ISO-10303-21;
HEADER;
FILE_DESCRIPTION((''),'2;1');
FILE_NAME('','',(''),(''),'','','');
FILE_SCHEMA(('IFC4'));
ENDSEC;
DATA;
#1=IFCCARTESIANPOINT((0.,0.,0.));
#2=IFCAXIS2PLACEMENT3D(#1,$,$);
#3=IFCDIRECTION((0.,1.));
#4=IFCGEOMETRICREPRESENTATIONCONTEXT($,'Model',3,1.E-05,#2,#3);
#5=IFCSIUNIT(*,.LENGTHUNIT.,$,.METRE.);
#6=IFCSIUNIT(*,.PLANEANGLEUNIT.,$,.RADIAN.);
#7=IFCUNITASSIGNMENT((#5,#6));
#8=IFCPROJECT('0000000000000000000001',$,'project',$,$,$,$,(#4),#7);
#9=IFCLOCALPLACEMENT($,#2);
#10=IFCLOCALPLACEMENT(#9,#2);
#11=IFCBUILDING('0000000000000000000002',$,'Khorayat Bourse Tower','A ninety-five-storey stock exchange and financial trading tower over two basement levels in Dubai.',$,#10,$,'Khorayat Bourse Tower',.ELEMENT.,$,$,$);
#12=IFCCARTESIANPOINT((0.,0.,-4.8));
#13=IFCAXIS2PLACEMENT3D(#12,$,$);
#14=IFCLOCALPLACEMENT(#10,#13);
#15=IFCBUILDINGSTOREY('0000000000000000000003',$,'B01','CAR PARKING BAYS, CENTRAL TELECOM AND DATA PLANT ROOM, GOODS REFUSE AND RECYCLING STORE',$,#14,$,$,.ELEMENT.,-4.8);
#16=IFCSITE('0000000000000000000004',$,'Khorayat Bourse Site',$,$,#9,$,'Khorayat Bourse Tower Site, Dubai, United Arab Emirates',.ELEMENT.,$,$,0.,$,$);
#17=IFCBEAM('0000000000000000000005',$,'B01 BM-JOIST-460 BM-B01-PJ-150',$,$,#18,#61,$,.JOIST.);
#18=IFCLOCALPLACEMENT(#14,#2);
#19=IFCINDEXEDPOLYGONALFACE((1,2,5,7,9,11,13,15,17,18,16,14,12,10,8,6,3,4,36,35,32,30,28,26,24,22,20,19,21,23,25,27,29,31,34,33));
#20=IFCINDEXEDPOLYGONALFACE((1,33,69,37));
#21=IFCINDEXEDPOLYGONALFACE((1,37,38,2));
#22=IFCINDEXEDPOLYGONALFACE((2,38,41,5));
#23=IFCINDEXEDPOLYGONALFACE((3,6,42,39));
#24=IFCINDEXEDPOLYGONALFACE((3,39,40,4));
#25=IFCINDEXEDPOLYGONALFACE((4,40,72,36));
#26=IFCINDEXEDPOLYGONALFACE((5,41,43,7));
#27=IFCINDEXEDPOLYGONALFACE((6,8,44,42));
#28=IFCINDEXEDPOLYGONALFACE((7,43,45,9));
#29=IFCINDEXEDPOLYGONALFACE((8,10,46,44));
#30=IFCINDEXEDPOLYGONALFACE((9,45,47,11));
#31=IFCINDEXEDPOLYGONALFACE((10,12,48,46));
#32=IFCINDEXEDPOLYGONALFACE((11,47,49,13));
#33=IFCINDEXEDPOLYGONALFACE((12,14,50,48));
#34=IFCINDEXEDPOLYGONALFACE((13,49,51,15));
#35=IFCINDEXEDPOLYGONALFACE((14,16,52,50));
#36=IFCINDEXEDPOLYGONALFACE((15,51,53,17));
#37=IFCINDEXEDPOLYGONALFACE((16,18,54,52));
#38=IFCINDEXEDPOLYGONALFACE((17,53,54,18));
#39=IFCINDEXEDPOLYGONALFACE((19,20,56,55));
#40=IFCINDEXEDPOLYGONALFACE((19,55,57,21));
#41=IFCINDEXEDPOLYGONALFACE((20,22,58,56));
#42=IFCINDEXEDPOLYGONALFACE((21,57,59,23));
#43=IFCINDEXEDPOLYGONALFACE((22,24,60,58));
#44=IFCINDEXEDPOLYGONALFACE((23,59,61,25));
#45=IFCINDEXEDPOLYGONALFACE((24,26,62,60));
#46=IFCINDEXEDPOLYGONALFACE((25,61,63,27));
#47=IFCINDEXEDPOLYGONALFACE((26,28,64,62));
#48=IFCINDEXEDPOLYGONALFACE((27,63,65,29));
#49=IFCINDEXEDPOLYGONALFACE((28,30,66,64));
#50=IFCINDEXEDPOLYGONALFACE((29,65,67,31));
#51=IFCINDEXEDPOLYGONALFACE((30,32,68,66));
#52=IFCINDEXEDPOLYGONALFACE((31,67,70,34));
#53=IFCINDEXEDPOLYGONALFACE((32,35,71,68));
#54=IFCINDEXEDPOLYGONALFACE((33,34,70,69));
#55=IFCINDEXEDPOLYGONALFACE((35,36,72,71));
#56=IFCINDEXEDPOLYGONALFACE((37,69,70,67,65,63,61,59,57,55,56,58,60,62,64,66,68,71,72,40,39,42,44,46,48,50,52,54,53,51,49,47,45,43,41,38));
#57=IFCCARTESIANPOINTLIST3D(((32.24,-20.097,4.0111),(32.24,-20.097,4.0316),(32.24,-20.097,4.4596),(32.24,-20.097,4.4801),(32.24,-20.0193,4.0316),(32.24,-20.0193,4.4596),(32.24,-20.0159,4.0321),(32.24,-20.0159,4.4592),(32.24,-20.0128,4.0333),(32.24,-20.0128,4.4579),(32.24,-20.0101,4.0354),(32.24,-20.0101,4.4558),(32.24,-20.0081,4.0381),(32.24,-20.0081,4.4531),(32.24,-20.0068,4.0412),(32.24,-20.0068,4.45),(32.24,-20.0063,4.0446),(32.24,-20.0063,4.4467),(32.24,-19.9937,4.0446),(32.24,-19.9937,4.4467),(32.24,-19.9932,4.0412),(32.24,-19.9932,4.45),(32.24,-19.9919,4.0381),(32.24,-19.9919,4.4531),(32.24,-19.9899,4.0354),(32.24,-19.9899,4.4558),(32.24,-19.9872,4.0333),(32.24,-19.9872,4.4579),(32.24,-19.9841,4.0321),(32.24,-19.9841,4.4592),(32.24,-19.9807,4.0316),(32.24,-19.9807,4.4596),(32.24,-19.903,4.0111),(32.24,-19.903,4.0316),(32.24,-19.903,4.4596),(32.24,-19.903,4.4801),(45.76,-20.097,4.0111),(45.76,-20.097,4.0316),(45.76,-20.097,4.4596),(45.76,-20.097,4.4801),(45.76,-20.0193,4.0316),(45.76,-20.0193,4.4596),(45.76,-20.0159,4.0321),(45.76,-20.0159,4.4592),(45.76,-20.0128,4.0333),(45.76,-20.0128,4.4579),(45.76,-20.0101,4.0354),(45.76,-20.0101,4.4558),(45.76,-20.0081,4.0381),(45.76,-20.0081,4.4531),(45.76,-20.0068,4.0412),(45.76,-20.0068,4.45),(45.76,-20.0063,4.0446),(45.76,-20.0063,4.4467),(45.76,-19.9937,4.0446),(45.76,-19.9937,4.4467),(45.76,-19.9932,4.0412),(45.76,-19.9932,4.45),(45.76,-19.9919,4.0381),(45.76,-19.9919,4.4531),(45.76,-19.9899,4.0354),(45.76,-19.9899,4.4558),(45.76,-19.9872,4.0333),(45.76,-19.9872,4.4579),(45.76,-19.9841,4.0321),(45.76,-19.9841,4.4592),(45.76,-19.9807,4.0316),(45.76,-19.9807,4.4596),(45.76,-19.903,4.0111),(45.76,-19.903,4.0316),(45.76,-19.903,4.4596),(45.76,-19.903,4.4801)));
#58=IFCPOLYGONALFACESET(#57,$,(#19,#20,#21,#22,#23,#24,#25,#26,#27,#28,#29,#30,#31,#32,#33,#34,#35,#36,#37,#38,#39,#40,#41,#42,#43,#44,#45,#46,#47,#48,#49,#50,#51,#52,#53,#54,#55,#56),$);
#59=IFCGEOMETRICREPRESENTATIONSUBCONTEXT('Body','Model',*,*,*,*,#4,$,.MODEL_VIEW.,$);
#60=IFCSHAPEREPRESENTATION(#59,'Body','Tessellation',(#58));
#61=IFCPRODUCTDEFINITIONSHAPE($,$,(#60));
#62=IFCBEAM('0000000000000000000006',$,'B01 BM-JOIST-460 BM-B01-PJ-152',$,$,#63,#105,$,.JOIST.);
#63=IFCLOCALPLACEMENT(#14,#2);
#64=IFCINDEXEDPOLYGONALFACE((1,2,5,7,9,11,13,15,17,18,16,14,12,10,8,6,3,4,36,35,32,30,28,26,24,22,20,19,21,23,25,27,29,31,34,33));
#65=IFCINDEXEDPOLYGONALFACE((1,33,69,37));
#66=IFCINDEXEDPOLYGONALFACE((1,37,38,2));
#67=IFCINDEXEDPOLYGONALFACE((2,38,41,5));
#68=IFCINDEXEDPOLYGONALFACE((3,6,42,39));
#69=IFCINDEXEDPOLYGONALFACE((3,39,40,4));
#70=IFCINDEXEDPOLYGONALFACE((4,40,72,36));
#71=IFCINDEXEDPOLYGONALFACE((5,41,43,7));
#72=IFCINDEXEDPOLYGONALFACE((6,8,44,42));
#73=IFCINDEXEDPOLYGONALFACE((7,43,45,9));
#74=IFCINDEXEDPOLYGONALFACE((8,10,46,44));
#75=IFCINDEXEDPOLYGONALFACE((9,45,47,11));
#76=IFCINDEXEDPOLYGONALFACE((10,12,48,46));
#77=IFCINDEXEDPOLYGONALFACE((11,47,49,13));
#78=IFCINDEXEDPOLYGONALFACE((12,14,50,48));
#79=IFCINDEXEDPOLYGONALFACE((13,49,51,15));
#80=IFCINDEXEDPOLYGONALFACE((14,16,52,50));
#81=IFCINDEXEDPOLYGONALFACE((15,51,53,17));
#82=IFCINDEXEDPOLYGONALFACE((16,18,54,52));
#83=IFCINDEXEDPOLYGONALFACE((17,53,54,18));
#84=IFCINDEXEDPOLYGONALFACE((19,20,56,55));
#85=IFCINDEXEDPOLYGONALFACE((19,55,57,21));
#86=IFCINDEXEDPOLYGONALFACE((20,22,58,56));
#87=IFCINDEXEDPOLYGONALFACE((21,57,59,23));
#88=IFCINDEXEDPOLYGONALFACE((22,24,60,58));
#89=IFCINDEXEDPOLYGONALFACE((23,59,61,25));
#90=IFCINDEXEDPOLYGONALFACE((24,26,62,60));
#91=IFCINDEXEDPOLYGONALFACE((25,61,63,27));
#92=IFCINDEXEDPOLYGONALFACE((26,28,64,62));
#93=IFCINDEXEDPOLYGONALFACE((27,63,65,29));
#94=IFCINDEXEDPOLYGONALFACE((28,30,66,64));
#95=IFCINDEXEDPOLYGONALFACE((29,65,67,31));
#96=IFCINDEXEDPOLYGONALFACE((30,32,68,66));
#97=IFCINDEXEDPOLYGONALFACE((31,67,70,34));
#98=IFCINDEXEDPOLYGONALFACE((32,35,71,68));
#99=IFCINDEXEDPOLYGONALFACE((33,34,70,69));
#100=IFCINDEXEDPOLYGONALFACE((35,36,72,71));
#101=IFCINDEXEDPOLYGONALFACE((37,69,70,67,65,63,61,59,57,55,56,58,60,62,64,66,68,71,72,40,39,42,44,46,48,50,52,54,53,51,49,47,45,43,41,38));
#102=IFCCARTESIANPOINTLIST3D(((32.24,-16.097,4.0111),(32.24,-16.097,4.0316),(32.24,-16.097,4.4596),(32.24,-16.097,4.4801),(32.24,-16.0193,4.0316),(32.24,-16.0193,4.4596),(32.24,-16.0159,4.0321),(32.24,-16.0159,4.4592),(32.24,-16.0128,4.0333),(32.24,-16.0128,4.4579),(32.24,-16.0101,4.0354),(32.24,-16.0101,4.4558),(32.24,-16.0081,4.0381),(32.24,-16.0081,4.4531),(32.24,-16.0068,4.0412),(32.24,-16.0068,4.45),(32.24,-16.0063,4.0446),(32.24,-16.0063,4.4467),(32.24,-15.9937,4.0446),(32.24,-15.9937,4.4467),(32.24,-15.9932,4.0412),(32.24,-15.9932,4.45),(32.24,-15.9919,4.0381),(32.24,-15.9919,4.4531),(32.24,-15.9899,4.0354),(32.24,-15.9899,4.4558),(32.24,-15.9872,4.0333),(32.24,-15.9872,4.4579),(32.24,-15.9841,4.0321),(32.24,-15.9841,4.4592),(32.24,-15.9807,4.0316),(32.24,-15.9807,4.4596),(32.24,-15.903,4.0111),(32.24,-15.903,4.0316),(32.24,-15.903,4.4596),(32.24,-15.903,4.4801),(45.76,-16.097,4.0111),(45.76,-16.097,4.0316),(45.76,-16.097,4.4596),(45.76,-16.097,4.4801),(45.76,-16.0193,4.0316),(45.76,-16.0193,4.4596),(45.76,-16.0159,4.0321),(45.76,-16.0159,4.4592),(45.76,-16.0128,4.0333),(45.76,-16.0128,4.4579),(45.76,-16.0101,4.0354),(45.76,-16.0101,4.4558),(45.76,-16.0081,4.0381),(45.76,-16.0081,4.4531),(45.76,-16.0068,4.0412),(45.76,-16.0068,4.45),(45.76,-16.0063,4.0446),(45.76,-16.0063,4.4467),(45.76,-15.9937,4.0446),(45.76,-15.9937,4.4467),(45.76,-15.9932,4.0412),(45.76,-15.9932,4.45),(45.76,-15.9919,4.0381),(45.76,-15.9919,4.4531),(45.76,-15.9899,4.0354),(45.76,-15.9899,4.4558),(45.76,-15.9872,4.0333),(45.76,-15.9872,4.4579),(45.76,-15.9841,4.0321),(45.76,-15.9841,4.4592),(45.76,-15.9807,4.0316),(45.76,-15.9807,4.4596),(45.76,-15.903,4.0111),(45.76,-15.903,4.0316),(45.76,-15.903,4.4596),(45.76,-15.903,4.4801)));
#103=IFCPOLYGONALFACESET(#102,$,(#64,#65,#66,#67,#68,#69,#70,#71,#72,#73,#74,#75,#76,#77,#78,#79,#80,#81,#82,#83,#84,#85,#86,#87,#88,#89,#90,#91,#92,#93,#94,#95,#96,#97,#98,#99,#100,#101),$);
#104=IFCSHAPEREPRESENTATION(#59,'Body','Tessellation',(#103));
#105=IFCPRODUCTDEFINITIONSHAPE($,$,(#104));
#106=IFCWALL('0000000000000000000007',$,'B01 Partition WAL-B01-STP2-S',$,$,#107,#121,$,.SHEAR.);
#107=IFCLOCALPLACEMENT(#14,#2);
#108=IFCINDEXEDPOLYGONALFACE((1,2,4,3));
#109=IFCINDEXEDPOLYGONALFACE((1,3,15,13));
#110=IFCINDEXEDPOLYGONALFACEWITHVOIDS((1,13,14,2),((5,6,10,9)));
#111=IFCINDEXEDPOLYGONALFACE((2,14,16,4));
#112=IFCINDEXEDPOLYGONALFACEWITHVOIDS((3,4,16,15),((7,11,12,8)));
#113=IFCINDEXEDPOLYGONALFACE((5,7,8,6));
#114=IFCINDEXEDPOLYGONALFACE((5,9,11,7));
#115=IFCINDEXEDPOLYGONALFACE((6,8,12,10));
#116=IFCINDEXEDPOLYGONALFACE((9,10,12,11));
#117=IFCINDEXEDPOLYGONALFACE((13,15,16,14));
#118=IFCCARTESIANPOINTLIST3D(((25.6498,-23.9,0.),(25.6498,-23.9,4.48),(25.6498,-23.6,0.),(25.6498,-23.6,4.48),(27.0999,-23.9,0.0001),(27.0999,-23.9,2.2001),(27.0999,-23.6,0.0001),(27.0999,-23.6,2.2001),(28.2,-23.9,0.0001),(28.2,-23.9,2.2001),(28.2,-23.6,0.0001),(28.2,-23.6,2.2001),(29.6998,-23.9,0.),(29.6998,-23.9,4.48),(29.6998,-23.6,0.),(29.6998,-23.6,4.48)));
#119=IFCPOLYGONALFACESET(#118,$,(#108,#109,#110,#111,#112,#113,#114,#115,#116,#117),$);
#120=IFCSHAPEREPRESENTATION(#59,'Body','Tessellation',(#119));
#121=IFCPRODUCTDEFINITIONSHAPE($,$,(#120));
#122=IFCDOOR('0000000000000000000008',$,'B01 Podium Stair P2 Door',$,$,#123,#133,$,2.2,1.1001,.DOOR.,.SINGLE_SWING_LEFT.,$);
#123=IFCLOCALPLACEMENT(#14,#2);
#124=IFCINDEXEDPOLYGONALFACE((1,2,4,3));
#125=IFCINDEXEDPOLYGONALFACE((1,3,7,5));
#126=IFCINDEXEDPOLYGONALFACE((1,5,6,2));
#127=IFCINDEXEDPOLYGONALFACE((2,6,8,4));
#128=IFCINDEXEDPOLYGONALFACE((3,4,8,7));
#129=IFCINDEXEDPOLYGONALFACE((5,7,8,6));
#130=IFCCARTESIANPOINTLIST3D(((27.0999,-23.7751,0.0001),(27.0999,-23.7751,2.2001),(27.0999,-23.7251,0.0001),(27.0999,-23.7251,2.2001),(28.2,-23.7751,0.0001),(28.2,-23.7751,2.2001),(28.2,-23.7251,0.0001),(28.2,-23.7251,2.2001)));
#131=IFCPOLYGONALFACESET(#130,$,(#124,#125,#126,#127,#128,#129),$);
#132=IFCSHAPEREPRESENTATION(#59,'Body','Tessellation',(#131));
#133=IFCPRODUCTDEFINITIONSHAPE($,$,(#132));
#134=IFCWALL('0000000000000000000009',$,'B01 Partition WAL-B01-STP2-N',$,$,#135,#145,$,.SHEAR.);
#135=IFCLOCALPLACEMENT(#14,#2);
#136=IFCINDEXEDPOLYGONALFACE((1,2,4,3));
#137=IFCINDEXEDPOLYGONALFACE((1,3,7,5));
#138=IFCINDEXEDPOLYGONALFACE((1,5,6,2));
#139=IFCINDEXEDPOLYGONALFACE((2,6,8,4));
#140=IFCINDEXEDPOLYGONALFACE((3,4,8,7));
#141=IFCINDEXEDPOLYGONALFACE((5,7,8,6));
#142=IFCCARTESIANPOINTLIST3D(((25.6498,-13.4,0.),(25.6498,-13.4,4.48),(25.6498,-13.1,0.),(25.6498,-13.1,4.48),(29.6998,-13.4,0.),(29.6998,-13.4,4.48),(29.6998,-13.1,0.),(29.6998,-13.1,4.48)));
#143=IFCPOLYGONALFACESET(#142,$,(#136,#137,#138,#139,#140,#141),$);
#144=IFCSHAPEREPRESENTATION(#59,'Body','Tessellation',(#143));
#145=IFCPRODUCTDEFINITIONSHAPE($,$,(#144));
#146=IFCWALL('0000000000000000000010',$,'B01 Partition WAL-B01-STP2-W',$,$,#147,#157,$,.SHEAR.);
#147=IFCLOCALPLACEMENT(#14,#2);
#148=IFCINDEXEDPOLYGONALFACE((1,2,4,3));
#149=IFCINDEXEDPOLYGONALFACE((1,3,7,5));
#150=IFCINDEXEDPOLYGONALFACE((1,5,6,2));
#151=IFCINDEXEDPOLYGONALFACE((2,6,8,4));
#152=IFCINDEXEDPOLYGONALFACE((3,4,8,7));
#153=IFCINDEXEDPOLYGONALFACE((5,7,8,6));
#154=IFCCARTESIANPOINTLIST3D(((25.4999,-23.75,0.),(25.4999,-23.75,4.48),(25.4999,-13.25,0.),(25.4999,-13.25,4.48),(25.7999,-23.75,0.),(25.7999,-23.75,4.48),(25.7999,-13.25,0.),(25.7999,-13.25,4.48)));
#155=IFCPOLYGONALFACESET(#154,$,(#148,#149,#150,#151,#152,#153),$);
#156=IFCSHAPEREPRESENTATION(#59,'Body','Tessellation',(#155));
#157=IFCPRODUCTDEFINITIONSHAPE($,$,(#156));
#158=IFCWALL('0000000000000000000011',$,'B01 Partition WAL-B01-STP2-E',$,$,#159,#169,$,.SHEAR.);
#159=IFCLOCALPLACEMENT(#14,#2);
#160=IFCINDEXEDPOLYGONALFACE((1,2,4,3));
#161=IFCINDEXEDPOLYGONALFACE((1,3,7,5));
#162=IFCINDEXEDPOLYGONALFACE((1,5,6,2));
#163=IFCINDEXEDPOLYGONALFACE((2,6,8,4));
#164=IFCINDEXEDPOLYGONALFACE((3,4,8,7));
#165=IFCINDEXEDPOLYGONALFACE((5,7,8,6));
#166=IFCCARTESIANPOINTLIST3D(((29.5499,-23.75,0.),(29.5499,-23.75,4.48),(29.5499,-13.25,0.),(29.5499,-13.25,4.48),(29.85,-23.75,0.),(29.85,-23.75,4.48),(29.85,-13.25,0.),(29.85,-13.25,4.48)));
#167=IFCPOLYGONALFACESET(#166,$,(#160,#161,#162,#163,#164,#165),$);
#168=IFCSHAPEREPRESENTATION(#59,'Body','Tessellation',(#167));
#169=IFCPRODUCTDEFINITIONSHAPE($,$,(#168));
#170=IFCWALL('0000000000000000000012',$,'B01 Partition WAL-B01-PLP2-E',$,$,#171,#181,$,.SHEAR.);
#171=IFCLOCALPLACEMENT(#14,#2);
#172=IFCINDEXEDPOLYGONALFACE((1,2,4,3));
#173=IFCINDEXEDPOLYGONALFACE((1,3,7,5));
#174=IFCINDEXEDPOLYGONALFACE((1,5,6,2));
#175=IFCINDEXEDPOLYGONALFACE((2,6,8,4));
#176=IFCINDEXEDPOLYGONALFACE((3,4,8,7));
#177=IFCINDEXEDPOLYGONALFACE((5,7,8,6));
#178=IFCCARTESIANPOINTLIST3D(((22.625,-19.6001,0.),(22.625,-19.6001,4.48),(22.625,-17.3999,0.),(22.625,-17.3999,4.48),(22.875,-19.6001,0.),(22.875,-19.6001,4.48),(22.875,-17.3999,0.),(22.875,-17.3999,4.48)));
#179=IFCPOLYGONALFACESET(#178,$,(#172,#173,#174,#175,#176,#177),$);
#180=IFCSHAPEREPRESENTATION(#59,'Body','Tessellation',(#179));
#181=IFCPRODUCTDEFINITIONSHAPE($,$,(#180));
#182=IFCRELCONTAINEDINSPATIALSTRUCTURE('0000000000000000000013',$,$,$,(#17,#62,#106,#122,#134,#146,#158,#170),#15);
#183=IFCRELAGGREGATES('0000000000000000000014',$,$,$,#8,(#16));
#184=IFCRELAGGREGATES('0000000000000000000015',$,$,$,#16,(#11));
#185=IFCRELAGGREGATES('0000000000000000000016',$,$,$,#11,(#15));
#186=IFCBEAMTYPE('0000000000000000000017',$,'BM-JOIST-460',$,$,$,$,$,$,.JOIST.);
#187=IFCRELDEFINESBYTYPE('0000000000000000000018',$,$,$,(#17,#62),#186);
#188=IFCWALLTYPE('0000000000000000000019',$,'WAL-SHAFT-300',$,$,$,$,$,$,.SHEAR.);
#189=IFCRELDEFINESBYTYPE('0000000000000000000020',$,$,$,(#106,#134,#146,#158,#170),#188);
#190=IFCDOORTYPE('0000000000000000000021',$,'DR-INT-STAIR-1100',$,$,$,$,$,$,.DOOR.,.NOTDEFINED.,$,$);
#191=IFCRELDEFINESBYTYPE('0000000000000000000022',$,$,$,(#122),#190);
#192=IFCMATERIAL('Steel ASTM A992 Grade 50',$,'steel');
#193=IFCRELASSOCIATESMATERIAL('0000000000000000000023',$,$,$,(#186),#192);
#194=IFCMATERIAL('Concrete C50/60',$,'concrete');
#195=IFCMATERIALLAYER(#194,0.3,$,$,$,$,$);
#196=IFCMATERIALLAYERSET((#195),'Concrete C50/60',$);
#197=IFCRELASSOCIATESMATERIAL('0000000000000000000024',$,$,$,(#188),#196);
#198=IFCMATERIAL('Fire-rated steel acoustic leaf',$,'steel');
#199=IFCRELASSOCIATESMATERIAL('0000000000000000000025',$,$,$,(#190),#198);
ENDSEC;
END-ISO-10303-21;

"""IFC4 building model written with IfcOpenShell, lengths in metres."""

from ifc_helpers import new_model, si_unit, direction, frame, frame_2d, origin, origin_2d, place, context, subcontext, project, spatial, rectangle, i_section, extrude, source, transform, mapped, material, layer, layer_set, material_profile, profile_set, type_object, element, fill, save


model = new_model("IFC4")

# Units and contexts
model_context = context("Model", 3, precision=1e-05, world=origin(), true_north=direction((0.0, 1.0)))
body_context = subcontext(model_context, "Body", "Model", "MODEL_VIEW")
ifc_project = project(units=[si_unit("LENGTHUNIT", "METRE"), si_unit("PLANEANGLEUNIT", "RADIAN")], contexts=[model_context])

# Site, building, storey
site_placement = place(None, origin())
site = spatial("IfcSite", under=ifc_project, at=site_placement, Name="Khorayat Bourse Site", LongName="Khorayat Bourse Tower Site, Dubai, United Arab Emirates", CompositionType="ELEMENT", RefElevation=0.0)
building_placement = place(site_placement, origin())
building = spatial("IfcBuilding", under=site, at=building_placement, Name="Khorayat Bourse Tower", Description="A ninety-five-storey stock exchange and financial trading tower over two basement levels in Dubai.", LongName="Khorayat Bourse Tower", CompositionType="ELEMENT")
storey_placement = place(building_placement, frame((0.0, 0.0, -4.8)))
storey = spatial("IfcBuildingStorey", under=building, at=storey_placement, Name="B01", Description="CAR PARKING BAYS, CENTRAL TELECOM AND DATA PLANT ROOM, GOODS REFUSE AND RECYCLING STORE", CompositionType="ELEMENT", Elevation=-4.8)

# Beams
ifc_material_1 = material(Name="Steel ASTM A992 Grade 50", Category="steel")
ifc_material_profile_1 = material_profile(ifc_material_1, i_section(OverallWidth=0.1941, OverallDepth=0.469, WebThickness=0.0127, FlangeThickness=0.0205, FilletRadius=0.0129, at=origin_2d()), Name="W460X106")
ifc_profile_set_1 = profile_set([ifc_material_profile_1], Name="Steel ASTM A992 Grade 50")
beam_type_1 = type_object("IfcBeamType", Name="BM-JOIST-460", PredefinedType="JOIST", material=ifc_profile_set_1)
shared_shape_1 = source(origin(), body_context, "Body", "SweptSolid", [
    extrude(i_section(OverallWidth=0.1941, OverallDepth=0.469, WebThickness=0.0127, FlangeThickness=0.0205, FilletRadius=0.0129, at=origin_2d()), origin(), (0.0, 0.0, 1.0), 13.52),
])
for number, where, z_axis, x_axis, name in (
    (1, (32.24, -20.0, 4.2456), (1.0, 0.0, 0.0), (0.0, 1.0, 0.0), "B01 BM-JOIST-460 BM-B01-PJ-150"),
    (2, (32.24, -16.0, 4.2456), (1.0, 0.0, 0.0), (0.0, 1.0, 0.0), "B01 BM-JOIST-460 BM-B01-PJ-152"),
):
    element("IfcBeam", number, at=place(storey_placement, frame(where, z_axis=z_axis, x_axis=x_axis)), inside=storey, type_object=beam_type_1, Name=name, PredefinedType="JOIST", context=body_context, shape_type="MappedRepresentation", body=[
        mapped(shared_shape_1, transform((0.0, 0.0, 0.0), scale=1.0)),
    ])

# Wall, opening, door
ifc_material_2 = material(Name="Concrete C50/60", Category="concrete")
ifc_layer = layer(ifc_material_2, 0.3)
ifc_layer_set = layer_set([ifc_layer], Name="Concrete C50/60")
wall_type = type_object("IfcWallType", Name="WAL-SHAFT-300", PredefinedType="SHEAR", material=ifc_layer_set)
shared_shape_2 = source(origin(), body_context, "Body", "SweptSolid", [
    extrude(rectangle(XDim=4.05, YDim=0.3, at=frame_2d((2.0249, 0.0))), origin(), (0.0, 0.0, 1.0), 4.48),
])
wall_1_placement = place(storey_placement, frame((25.6499, -23.75, 0.0), z_axis=(0.0, 0.0, 1.0), x_axis=(1.0, 0.0, 0.0)))
wall_1 = element("IfcWall", 3, at=wall_1_placement, inside=storey, type_object=wall_type, Name="B01 Partition WAL-B01-STP2-S", PredefinedType="SHEAR", context=body_context, shape_type="MappedRepresentation", body=[
    mapped(shared_shape_2, transform((0.0, 0.0, 0.0), scale=1.0)),
])
shared_shape_3 = source(origin(), body_context, "Body", "SweptSolid", [
    extrude(rectangle(XDim=1.1001, YDim=2.2, at=frame_2d((0.55, 1.1001))), frame((0.0, 0.1599, 0.0), z_axis=(0.0, -1.0, 0.0), x_axis=(1.0, 0.0, 0.0)), (0.0, 0.0, 1.0), 0.3201),
])
opening_placement = place(wall_1_placement, frame((1.45, 0.0, 0.0)))
opening = element("IfcOpeningElement", 4, at=opening_placement, cuts=wall_1, PredefinedType="OPENING", context=body_context, shape_type="MappedRepresentation", body=[
    mapped(shared_shape_3, transform((0.0, 0.0, 0.0), scale=1.0)),
])
ifc_material_3 = material(Name="Fire-rated steel acoustic leaf", Category="steel")
door_type = type_object("IfcDoorType", Name="DR-INT-STAIR-1100", OperationType="NOTDEFINED", PredefinedType="DOOR", material=ifc_material_3)
shared_shape_4 = source(origin(), body_context, "Body", "SweptSolid", [
    extrude(rectangle(XDim=1.1001, YDim=2.2, at=frame_2d((0.55, 1.1001))), frame((0.0, 0.0249, 0.0), z_axis=(0.0, -1.0, 0.0), x_axis=(1.0, 0.0, 0.0)), (0.0, 0.0, 1.0), 0.05),
])
door_placement = place(opening_placement, origin())
door = element("IfcDoor", 5, at=door_placement, inside=storey, type_object=door_type, Name="B01 Podium Stair P2 Door", OperationType="SINGLE_SWING_LEFT", OverallHeight=2.2, OverallWidth=1.1001, PredefinedType="DOOR", context=body_context, shape_type="MappedRepresentation", body=[
    mapped(shared_shape_4, transform((0.0, 0.0, 0.0), scale=1.0)),
])
fill(opening, door)

# Walls
wall_2_placement = place(storey_placement, frame((25.6499, -13.25, 0.0), z_axis=(0.0, 0.0, 1.0), x_axis=(1.0, 0.0, 0.0)))
element("IfcWall", 6, at=wall_2_placement, inside=storey, type_object=wall_type, Name="B01 Partition WAL-B01-STP2-N", PredefinedType="SHEAR", context=body_context, shape_type="MappedRepresentation", body=[
    mapped(shared_shape_2, transform((0.0, 0.0, 0.0), scale=1.0)),
])
shared_shape_5 = source(origin(), body_context, "Body", "SweptSolid", [
    extrude(rectangle(XDim=10.5, YDim=0.3, at=frame_2d((5.25, 0.0))), origin(), (0.0, 0.0, 1.0), 4.48),
])
for number, where, z_axis, x_axis, name in (
    (7, (25.6499, -23.75, 0.0), (0.0, 0.0, 1.0), (0.0, 1.0, 0.0), "B01 Partition WAL-B01-STP2-W"),
    (8, (29.7, -23.75, 0.0), (0.0, 0.0, 1.0), (0.0, 1.0, 0.0), "B01 Partition WAL-B01-STP2-E"),
):
    element("IfcWall", number, at=place(storey_placement, frame(where, z_axis=z_axis, x_axis=x_axis)), inside=storey, type_object=wall_type, Name=name, PredefinedType="SHEAR", context=body_context, shape_type="MappedRepresentation", body=[
        mapped(shared_shape_5, transform((0.0, 0.0, 0.0), scale=1.0)),
    ])
shared_shape_6 = source(origin(), body_context, "Body", "SweptSolid", [
    extrude(rectangle(XDim=2.2002, YDim=0.25, at=frame_2d((1.1001, 0.0))), origin(), (0.0, 0.0, 1.0), 4.48),
])
wall_3_placement = place(storey_placement, frame((22.75, -19.6001, 0.0), z_axis=(0.0, 0.0, 1.0), x_axis=(0.0, 1.0, 0.0)))
element("IfcWall", 9, at=wall_3_placement, inside=storey, type_object=wall_type, Name="B01 Partition WAL-B01-PLP2-E", PredefinedType="SHEAR", context=body_context, shape_type="MappedRepresentation", body=[
    mapped(shared_shape_6, transform((0.0, 0.0, 0.0), scale=1.0)),
])

save(model, "model.ifc")
